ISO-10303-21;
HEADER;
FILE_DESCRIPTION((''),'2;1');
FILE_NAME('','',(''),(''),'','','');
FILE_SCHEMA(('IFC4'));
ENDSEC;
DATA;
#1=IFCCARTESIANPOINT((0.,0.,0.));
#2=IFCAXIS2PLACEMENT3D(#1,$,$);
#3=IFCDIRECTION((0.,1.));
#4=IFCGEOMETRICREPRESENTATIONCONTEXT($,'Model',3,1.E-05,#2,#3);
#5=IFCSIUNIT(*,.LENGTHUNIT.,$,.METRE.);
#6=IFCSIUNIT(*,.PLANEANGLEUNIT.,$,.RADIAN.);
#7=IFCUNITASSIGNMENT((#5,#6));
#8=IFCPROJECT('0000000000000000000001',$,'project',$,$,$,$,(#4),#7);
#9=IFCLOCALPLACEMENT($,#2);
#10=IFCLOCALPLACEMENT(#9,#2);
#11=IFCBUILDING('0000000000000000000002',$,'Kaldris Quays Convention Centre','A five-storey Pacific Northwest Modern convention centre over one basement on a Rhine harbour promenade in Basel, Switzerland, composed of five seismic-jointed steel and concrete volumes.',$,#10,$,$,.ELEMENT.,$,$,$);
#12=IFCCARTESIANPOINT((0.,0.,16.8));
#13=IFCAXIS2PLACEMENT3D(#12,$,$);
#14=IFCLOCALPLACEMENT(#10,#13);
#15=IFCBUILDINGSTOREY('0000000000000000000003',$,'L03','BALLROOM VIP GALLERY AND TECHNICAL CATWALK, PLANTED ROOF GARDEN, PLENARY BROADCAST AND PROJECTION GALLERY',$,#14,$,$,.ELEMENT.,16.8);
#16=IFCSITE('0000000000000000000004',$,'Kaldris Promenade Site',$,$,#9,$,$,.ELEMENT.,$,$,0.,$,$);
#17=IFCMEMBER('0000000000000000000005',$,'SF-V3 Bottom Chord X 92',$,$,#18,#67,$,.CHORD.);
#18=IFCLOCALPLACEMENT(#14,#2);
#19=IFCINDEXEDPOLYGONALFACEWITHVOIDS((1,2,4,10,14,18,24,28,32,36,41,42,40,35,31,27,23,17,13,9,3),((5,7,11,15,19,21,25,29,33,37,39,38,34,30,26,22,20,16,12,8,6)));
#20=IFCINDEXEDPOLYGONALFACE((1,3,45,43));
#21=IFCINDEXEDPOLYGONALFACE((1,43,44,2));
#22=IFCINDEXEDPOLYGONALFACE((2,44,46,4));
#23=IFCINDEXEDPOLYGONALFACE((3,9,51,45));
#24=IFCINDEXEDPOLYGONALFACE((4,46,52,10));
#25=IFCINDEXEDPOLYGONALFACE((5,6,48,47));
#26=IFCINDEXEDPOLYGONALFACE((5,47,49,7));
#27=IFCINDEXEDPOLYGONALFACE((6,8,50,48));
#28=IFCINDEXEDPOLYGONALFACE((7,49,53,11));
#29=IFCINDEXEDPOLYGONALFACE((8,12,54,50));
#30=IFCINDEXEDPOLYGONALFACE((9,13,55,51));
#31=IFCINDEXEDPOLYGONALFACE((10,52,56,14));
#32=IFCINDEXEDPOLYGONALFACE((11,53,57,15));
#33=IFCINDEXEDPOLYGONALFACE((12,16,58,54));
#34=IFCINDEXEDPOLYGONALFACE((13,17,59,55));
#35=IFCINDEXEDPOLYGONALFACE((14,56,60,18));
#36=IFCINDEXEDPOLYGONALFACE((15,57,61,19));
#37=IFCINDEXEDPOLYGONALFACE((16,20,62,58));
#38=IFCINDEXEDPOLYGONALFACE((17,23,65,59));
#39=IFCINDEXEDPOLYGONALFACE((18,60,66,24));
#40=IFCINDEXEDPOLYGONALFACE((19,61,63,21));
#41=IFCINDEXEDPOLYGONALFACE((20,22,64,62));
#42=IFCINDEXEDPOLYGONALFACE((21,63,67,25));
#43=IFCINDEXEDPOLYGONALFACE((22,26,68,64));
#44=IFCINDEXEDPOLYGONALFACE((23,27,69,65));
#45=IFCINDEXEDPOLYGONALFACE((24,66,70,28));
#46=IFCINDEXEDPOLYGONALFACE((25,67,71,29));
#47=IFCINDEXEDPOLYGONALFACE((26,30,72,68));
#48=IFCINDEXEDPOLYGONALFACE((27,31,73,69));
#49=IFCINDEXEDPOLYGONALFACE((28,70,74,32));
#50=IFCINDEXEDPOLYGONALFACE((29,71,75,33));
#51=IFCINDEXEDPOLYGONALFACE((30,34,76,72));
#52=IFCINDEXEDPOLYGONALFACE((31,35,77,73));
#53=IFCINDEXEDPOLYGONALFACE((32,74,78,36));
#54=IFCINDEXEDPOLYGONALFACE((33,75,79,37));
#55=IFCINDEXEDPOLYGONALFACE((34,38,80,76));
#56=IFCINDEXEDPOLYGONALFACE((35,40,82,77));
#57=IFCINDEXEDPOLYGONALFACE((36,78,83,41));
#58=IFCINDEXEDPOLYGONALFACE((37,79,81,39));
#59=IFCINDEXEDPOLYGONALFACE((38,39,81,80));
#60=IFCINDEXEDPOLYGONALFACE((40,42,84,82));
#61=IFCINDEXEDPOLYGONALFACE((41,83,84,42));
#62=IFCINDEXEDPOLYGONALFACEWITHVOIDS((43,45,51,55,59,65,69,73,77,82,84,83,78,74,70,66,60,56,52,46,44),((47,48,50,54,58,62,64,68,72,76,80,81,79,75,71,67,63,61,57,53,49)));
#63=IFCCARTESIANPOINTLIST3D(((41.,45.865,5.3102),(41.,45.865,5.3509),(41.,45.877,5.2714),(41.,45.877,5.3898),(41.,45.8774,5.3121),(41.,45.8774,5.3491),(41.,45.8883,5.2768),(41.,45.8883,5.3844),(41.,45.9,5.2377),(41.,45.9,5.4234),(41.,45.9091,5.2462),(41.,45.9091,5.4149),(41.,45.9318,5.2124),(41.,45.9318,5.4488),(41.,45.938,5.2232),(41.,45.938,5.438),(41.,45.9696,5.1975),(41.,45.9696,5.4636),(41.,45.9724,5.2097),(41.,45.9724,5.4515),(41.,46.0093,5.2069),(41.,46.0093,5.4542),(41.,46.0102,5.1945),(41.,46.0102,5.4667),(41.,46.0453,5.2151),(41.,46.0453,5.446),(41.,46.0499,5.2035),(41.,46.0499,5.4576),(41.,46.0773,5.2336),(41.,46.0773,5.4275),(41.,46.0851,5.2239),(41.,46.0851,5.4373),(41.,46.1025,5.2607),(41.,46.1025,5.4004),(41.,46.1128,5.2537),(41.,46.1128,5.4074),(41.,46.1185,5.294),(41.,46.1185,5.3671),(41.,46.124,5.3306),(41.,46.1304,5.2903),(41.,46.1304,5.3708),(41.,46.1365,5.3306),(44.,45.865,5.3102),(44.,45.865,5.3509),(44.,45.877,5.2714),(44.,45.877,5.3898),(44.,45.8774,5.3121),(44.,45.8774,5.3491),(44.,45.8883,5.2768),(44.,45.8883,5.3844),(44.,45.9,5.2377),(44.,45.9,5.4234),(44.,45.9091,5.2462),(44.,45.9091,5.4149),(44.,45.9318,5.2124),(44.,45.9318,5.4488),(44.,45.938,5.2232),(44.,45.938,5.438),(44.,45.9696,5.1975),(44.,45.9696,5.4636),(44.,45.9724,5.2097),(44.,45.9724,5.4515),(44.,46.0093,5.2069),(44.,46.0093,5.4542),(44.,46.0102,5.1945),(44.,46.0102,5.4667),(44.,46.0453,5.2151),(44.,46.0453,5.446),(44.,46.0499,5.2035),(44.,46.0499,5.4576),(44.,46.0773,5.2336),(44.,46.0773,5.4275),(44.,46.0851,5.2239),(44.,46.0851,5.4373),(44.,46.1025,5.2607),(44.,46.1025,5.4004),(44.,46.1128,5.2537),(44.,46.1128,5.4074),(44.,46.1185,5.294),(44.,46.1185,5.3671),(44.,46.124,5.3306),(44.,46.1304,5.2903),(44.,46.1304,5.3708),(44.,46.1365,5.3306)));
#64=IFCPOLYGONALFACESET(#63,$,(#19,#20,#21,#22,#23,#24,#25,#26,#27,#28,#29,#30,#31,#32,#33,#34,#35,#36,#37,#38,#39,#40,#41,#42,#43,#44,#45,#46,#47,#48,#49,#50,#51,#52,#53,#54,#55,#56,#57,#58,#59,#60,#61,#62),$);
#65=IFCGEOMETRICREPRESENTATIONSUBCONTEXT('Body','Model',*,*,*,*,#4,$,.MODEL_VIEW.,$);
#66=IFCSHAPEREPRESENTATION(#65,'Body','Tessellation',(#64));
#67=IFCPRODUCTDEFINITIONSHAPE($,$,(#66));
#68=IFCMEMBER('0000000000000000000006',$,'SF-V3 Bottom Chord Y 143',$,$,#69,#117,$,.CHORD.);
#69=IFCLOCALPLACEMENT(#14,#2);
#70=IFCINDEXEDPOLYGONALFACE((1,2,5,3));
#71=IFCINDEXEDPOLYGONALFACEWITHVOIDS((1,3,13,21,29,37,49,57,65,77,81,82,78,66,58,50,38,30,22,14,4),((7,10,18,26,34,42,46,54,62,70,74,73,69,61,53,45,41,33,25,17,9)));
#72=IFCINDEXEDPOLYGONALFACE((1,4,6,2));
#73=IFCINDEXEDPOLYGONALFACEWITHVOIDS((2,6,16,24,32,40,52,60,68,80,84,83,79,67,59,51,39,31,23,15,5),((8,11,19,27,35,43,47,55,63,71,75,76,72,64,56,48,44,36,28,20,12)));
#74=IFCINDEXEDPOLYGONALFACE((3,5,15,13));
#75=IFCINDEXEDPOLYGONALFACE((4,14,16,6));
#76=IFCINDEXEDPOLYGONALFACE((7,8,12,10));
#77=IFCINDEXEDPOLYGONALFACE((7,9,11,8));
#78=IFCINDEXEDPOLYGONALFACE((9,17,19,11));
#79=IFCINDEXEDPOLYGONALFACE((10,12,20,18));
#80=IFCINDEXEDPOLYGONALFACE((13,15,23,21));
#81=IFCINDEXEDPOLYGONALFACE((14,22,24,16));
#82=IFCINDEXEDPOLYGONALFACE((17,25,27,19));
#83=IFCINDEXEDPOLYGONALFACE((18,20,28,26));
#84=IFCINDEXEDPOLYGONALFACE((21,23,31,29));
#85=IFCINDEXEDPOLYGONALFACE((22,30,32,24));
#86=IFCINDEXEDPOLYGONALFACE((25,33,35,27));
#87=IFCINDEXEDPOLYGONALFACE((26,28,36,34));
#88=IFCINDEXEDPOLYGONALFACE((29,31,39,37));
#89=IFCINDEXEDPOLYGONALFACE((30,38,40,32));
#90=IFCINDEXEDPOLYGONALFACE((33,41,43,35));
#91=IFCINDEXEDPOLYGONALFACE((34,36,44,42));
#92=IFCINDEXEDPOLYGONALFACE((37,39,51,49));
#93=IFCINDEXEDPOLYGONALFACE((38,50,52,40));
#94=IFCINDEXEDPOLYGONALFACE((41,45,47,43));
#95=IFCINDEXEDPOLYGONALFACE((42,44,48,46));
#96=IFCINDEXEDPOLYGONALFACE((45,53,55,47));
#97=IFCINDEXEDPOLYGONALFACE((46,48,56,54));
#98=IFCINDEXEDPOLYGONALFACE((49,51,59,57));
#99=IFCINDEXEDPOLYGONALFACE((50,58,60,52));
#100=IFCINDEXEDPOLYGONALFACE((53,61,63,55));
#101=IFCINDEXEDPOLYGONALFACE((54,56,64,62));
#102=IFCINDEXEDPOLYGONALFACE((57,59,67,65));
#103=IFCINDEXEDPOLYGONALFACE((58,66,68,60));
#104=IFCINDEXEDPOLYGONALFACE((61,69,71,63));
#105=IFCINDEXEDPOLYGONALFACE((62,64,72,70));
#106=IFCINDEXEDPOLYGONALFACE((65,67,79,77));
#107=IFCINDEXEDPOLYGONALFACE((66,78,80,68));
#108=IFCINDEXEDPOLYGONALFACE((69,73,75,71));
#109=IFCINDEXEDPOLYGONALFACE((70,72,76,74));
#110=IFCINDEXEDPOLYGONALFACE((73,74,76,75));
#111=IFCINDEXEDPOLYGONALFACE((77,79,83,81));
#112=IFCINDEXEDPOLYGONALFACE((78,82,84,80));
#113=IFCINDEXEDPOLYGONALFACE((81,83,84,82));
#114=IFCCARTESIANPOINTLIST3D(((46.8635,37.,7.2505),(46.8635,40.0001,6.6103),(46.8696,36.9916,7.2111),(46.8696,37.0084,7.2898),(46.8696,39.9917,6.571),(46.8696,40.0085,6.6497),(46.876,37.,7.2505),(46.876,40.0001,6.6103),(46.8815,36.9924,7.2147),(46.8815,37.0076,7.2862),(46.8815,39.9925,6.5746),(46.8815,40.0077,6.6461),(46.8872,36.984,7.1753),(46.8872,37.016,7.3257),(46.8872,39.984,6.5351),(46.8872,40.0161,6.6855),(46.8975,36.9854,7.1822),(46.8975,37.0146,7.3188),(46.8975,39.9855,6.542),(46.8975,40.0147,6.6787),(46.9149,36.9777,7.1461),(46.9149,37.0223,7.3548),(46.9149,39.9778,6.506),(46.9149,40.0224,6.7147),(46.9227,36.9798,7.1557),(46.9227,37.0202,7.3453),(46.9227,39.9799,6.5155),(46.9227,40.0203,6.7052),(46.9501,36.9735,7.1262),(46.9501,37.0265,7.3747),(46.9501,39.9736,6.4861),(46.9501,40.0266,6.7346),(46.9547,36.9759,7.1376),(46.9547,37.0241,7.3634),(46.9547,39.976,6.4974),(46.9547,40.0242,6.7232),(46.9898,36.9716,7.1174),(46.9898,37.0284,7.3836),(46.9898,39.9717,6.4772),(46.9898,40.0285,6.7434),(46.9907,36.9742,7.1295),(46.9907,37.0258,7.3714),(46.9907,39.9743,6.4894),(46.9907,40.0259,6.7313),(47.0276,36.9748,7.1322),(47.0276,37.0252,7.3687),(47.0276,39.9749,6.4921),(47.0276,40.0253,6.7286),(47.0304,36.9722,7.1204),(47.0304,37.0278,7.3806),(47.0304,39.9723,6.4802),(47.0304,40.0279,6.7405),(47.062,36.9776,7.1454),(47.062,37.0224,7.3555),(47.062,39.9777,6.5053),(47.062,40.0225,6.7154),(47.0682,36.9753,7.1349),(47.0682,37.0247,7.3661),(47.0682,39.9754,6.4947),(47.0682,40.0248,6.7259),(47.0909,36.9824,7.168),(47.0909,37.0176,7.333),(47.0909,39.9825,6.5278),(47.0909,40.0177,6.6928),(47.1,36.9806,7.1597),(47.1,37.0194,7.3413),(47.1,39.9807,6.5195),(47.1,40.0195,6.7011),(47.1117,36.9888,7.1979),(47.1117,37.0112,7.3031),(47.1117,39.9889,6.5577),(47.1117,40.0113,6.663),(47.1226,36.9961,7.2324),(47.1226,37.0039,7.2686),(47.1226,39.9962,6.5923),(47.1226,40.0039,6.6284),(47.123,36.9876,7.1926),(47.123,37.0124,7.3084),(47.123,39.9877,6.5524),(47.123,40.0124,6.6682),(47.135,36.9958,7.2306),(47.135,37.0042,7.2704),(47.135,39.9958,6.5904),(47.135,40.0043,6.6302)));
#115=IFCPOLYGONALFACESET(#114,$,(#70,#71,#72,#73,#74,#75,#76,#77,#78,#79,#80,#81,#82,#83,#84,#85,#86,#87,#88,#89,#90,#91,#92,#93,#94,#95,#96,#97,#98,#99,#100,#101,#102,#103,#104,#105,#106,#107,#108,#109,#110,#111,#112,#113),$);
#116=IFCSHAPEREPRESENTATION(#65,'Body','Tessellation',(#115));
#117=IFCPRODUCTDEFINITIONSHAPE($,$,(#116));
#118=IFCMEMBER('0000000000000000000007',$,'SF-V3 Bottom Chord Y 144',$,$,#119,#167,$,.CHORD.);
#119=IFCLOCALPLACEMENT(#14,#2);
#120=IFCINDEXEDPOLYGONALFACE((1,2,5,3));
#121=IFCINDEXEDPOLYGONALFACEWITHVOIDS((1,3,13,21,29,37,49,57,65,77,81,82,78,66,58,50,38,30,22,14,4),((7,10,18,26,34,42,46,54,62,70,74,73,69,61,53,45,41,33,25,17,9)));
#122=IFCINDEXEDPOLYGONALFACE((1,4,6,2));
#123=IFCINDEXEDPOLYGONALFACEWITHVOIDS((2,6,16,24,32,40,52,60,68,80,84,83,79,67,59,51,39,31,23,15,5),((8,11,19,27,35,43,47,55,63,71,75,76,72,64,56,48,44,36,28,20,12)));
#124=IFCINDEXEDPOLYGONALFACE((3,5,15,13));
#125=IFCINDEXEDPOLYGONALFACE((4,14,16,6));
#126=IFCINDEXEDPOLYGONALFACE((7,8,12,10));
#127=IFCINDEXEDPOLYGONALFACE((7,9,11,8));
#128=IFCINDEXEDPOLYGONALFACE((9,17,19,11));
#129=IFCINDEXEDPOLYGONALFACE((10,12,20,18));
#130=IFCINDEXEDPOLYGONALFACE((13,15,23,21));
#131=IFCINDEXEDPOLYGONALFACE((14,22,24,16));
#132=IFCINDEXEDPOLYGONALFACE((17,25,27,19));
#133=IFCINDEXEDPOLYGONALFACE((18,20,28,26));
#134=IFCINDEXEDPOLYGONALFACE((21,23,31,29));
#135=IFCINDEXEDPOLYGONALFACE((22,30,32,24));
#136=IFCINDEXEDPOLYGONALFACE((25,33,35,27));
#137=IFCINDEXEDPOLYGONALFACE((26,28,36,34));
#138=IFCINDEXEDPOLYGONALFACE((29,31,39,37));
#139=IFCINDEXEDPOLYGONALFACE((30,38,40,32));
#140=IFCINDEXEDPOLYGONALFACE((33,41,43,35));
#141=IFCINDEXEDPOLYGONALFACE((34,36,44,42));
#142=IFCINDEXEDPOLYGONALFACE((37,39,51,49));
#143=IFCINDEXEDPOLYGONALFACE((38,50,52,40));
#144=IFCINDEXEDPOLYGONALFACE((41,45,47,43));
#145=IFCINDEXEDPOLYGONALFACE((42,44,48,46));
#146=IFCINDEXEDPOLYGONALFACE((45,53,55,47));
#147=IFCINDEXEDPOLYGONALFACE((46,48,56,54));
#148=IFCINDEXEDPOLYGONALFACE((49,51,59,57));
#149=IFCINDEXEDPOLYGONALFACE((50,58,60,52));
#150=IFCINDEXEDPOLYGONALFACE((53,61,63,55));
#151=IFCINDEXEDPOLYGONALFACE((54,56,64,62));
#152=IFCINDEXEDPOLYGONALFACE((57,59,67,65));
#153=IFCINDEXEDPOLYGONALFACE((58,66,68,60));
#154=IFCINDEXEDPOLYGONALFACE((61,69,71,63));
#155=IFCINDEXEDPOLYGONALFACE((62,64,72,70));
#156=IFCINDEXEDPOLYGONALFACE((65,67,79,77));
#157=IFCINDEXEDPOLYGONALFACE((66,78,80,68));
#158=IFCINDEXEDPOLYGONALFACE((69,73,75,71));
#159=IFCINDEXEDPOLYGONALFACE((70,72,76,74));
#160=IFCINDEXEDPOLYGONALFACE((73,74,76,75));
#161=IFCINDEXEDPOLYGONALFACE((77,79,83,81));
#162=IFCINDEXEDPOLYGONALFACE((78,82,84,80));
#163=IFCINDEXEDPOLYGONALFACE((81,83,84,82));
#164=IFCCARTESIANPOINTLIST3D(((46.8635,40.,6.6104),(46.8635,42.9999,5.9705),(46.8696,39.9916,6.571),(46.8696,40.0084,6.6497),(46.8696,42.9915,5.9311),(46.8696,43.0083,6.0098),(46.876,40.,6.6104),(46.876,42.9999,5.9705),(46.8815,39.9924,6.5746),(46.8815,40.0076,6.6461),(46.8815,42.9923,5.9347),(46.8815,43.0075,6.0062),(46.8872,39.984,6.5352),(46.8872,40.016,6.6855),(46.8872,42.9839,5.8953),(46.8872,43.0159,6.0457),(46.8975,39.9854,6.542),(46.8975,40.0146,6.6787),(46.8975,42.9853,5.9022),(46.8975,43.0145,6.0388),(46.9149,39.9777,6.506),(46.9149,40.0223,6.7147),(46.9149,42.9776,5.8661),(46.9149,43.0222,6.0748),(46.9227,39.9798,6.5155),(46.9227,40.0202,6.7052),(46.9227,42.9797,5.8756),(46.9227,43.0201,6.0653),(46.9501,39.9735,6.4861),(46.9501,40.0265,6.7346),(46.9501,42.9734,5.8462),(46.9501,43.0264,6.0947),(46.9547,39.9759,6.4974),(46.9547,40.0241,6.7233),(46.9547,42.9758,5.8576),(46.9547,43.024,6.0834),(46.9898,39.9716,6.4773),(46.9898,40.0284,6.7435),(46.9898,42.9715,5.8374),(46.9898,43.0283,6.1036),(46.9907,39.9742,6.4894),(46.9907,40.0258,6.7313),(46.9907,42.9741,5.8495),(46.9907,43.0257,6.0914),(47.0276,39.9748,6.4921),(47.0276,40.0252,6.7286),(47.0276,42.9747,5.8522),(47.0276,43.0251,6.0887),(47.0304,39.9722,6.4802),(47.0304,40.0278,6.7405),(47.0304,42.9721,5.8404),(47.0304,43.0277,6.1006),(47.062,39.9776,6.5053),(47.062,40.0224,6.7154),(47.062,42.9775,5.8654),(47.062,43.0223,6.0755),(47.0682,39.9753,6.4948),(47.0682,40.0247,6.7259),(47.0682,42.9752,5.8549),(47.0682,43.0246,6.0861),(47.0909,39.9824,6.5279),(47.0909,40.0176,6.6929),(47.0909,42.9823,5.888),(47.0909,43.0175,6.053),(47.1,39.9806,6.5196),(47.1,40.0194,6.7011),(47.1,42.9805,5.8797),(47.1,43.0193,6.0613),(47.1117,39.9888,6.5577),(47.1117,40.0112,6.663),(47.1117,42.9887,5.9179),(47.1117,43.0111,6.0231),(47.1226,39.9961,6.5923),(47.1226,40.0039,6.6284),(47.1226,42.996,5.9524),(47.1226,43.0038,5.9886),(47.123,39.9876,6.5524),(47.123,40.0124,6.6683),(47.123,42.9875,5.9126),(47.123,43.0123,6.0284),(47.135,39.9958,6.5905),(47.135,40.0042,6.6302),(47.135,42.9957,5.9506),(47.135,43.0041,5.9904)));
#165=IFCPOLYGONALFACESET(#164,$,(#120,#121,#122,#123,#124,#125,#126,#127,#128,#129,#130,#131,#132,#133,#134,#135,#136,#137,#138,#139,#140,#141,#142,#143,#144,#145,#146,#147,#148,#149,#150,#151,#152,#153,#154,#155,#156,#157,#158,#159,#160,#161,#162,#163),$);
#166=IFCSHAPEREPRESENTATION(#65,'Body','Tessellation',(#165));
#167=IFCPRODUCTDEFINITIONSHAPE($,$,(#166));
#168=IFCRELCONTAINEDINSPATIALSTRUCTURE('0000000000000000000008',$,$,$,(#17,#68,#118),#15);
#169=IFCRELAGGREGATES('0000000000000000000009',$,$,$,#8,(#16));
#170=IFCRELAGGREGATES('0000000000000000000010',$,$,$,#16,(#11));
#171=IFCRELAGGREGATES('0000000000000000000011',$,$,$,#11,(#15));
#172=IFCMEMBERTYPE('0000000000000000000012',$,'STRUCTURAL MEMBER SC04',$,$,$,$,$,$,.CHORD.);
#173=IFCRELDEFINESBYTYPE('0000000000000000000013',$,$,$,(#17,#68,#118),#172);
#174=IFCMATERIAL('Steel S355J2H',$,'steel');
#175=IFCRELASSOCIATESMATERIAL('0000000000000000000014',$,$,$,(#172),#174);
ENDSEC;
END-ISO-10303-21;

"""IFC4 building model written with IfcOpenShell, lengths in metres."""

from ifc_helpers import new_model, si_unit, direction, frame, origin, origin_2d, place, context, subcontext, project, spatial, hollow_circle, extrude, material, material_profile, profile_set, type_object, element, save


model = new_model("IFC4")

# Units and contexts
model_context = context("Model", 3, precision=1e-05, world=origin(), true_north=direction((0.0, 1.0)))
body_context = subcontext(model_context, "Body", "Model", "MODEL_VIEW")
ifc_project = project(units=[si_unit("LENGTHUNIT", "METRE"), si_unit("PLANEANGLEUNIT", "RADIAN")], contexts=[model_context])

# Site, building, storey
site_placement = place(None, origin())
site = spatial("IfcSite", under=ifc_project, at=site_placement, Name="Kaldris Promenade Site", CompositionType="ELEMENT", RefElevation=0.0)
building_placement = place(site_placement, origin())
building = spatial("IfcBuilding", under=site, at=building_placement, Name="Kaldris Quays Convention Centre", Description="A five-storey Pacific Northwest Modern convention centre over one basement on a Rhine harbour promenade in Basel, Switzerland, composed of five seismic-jointed steel and concrete volumes.", CompositionType="ELEMENT")
storey_placement = place(building_placement, frame((0.0, 0.0, 16.8)))
storey = spatial("IfcBuildingStorey", under=building, at=storey_placement, Name="L03", Description="BALLROOM VIP GALLERY AND TECHNICAL CATWALK, PLANTED ROOF GARDEN, PLENARY BROADCAST AND PROJECTION GALLERY", CompositionType="ELEMENT", Elevation=16.8)

# Members
ifc_material_1 = material(Name="Steel S355J2H", Category="steel")
ifc_material_profile_1 = material_profile(ifc_material_1, hollow_circle(Radius=0.1365, WallThickness=0.0125, at=origin_2d()), Name="CHS 273x12.5")
ifc_profile_set_1 = profile_set([ifc_material_profile_1], Name="Steel S355J2H")
member_type_1 = type_object("IfcMemberType", Name="STRUCTURAL MEMBER SC04", PredefinedType="CHORD", material=ifc_profile_set_1)
for number, where, z_axis, x_axis, name in (
    (1, (41.0, 46.0, 5.3306), (1.0, 0.0, 0.0), (0.0, 1.0, 0.0), "SF-V3 Bottom Chord X 92"),
):
    element("IfcMember", number, at=place(storey_placement, frame(where, z_axis=z_axis, x_axis=x_axis)), inside=storey, type_object=member_type_1, Name=name, PredefinedType="CHORD", context=body_context, shape_type="SweptSolid", body=[
        extrude(hollow_circle(Radius=0.1365, WallThickness=0.0125, at=origin_2d()), origin(), (0.0, 0.0, 1.0), 3.0),
    ])
member_1_placement = place(storey_placement, frame((47.0, 37.0, 7.2505), z_axis=(0.0, 0.977984, -0.208681), x_axis=(-1.0, 0.0, 0.0)))
element("IfcMember", 2, at=member_1_placement, inside=storey, type_object=member_type_1, Name="SF-V3 Bottom Chord Y 143", PredefinedType="CHORD", context=body_context, shape_type="SweptSolid", body=[
    extrude(hollow_circle(Radius=0.1365, WallThickness=0.0125, at=origin_2d()), origin(), (0.0, 0.0, 1.0), 3.0676),
])
for number, where, z_axis, x_axis, name in (
    (3, (47.0, 40.0, 6.6104), (0.0, 0.978, -0.208605), (-1.0, 0.0, 0.0), "SF-V3 Bottom Chord Y 144"),
):
    element("IfcMember", number, at=place(storey_placement, frame(where, z_axis=z_axis, x_axis=x_axis)), inside=storey, type_object=member_type_1, Name=name, PredefinedType="CHORD", context=body_context, shape_type="SweptSolid", body=[
        extrude(hollow_circle(Radius=0.1365, WallThickness=0.0125, at=origin_2d()), origin(), (0.0, 0.0, 1.0), 3.0674),
    ])

save(model, "model.ifc")
